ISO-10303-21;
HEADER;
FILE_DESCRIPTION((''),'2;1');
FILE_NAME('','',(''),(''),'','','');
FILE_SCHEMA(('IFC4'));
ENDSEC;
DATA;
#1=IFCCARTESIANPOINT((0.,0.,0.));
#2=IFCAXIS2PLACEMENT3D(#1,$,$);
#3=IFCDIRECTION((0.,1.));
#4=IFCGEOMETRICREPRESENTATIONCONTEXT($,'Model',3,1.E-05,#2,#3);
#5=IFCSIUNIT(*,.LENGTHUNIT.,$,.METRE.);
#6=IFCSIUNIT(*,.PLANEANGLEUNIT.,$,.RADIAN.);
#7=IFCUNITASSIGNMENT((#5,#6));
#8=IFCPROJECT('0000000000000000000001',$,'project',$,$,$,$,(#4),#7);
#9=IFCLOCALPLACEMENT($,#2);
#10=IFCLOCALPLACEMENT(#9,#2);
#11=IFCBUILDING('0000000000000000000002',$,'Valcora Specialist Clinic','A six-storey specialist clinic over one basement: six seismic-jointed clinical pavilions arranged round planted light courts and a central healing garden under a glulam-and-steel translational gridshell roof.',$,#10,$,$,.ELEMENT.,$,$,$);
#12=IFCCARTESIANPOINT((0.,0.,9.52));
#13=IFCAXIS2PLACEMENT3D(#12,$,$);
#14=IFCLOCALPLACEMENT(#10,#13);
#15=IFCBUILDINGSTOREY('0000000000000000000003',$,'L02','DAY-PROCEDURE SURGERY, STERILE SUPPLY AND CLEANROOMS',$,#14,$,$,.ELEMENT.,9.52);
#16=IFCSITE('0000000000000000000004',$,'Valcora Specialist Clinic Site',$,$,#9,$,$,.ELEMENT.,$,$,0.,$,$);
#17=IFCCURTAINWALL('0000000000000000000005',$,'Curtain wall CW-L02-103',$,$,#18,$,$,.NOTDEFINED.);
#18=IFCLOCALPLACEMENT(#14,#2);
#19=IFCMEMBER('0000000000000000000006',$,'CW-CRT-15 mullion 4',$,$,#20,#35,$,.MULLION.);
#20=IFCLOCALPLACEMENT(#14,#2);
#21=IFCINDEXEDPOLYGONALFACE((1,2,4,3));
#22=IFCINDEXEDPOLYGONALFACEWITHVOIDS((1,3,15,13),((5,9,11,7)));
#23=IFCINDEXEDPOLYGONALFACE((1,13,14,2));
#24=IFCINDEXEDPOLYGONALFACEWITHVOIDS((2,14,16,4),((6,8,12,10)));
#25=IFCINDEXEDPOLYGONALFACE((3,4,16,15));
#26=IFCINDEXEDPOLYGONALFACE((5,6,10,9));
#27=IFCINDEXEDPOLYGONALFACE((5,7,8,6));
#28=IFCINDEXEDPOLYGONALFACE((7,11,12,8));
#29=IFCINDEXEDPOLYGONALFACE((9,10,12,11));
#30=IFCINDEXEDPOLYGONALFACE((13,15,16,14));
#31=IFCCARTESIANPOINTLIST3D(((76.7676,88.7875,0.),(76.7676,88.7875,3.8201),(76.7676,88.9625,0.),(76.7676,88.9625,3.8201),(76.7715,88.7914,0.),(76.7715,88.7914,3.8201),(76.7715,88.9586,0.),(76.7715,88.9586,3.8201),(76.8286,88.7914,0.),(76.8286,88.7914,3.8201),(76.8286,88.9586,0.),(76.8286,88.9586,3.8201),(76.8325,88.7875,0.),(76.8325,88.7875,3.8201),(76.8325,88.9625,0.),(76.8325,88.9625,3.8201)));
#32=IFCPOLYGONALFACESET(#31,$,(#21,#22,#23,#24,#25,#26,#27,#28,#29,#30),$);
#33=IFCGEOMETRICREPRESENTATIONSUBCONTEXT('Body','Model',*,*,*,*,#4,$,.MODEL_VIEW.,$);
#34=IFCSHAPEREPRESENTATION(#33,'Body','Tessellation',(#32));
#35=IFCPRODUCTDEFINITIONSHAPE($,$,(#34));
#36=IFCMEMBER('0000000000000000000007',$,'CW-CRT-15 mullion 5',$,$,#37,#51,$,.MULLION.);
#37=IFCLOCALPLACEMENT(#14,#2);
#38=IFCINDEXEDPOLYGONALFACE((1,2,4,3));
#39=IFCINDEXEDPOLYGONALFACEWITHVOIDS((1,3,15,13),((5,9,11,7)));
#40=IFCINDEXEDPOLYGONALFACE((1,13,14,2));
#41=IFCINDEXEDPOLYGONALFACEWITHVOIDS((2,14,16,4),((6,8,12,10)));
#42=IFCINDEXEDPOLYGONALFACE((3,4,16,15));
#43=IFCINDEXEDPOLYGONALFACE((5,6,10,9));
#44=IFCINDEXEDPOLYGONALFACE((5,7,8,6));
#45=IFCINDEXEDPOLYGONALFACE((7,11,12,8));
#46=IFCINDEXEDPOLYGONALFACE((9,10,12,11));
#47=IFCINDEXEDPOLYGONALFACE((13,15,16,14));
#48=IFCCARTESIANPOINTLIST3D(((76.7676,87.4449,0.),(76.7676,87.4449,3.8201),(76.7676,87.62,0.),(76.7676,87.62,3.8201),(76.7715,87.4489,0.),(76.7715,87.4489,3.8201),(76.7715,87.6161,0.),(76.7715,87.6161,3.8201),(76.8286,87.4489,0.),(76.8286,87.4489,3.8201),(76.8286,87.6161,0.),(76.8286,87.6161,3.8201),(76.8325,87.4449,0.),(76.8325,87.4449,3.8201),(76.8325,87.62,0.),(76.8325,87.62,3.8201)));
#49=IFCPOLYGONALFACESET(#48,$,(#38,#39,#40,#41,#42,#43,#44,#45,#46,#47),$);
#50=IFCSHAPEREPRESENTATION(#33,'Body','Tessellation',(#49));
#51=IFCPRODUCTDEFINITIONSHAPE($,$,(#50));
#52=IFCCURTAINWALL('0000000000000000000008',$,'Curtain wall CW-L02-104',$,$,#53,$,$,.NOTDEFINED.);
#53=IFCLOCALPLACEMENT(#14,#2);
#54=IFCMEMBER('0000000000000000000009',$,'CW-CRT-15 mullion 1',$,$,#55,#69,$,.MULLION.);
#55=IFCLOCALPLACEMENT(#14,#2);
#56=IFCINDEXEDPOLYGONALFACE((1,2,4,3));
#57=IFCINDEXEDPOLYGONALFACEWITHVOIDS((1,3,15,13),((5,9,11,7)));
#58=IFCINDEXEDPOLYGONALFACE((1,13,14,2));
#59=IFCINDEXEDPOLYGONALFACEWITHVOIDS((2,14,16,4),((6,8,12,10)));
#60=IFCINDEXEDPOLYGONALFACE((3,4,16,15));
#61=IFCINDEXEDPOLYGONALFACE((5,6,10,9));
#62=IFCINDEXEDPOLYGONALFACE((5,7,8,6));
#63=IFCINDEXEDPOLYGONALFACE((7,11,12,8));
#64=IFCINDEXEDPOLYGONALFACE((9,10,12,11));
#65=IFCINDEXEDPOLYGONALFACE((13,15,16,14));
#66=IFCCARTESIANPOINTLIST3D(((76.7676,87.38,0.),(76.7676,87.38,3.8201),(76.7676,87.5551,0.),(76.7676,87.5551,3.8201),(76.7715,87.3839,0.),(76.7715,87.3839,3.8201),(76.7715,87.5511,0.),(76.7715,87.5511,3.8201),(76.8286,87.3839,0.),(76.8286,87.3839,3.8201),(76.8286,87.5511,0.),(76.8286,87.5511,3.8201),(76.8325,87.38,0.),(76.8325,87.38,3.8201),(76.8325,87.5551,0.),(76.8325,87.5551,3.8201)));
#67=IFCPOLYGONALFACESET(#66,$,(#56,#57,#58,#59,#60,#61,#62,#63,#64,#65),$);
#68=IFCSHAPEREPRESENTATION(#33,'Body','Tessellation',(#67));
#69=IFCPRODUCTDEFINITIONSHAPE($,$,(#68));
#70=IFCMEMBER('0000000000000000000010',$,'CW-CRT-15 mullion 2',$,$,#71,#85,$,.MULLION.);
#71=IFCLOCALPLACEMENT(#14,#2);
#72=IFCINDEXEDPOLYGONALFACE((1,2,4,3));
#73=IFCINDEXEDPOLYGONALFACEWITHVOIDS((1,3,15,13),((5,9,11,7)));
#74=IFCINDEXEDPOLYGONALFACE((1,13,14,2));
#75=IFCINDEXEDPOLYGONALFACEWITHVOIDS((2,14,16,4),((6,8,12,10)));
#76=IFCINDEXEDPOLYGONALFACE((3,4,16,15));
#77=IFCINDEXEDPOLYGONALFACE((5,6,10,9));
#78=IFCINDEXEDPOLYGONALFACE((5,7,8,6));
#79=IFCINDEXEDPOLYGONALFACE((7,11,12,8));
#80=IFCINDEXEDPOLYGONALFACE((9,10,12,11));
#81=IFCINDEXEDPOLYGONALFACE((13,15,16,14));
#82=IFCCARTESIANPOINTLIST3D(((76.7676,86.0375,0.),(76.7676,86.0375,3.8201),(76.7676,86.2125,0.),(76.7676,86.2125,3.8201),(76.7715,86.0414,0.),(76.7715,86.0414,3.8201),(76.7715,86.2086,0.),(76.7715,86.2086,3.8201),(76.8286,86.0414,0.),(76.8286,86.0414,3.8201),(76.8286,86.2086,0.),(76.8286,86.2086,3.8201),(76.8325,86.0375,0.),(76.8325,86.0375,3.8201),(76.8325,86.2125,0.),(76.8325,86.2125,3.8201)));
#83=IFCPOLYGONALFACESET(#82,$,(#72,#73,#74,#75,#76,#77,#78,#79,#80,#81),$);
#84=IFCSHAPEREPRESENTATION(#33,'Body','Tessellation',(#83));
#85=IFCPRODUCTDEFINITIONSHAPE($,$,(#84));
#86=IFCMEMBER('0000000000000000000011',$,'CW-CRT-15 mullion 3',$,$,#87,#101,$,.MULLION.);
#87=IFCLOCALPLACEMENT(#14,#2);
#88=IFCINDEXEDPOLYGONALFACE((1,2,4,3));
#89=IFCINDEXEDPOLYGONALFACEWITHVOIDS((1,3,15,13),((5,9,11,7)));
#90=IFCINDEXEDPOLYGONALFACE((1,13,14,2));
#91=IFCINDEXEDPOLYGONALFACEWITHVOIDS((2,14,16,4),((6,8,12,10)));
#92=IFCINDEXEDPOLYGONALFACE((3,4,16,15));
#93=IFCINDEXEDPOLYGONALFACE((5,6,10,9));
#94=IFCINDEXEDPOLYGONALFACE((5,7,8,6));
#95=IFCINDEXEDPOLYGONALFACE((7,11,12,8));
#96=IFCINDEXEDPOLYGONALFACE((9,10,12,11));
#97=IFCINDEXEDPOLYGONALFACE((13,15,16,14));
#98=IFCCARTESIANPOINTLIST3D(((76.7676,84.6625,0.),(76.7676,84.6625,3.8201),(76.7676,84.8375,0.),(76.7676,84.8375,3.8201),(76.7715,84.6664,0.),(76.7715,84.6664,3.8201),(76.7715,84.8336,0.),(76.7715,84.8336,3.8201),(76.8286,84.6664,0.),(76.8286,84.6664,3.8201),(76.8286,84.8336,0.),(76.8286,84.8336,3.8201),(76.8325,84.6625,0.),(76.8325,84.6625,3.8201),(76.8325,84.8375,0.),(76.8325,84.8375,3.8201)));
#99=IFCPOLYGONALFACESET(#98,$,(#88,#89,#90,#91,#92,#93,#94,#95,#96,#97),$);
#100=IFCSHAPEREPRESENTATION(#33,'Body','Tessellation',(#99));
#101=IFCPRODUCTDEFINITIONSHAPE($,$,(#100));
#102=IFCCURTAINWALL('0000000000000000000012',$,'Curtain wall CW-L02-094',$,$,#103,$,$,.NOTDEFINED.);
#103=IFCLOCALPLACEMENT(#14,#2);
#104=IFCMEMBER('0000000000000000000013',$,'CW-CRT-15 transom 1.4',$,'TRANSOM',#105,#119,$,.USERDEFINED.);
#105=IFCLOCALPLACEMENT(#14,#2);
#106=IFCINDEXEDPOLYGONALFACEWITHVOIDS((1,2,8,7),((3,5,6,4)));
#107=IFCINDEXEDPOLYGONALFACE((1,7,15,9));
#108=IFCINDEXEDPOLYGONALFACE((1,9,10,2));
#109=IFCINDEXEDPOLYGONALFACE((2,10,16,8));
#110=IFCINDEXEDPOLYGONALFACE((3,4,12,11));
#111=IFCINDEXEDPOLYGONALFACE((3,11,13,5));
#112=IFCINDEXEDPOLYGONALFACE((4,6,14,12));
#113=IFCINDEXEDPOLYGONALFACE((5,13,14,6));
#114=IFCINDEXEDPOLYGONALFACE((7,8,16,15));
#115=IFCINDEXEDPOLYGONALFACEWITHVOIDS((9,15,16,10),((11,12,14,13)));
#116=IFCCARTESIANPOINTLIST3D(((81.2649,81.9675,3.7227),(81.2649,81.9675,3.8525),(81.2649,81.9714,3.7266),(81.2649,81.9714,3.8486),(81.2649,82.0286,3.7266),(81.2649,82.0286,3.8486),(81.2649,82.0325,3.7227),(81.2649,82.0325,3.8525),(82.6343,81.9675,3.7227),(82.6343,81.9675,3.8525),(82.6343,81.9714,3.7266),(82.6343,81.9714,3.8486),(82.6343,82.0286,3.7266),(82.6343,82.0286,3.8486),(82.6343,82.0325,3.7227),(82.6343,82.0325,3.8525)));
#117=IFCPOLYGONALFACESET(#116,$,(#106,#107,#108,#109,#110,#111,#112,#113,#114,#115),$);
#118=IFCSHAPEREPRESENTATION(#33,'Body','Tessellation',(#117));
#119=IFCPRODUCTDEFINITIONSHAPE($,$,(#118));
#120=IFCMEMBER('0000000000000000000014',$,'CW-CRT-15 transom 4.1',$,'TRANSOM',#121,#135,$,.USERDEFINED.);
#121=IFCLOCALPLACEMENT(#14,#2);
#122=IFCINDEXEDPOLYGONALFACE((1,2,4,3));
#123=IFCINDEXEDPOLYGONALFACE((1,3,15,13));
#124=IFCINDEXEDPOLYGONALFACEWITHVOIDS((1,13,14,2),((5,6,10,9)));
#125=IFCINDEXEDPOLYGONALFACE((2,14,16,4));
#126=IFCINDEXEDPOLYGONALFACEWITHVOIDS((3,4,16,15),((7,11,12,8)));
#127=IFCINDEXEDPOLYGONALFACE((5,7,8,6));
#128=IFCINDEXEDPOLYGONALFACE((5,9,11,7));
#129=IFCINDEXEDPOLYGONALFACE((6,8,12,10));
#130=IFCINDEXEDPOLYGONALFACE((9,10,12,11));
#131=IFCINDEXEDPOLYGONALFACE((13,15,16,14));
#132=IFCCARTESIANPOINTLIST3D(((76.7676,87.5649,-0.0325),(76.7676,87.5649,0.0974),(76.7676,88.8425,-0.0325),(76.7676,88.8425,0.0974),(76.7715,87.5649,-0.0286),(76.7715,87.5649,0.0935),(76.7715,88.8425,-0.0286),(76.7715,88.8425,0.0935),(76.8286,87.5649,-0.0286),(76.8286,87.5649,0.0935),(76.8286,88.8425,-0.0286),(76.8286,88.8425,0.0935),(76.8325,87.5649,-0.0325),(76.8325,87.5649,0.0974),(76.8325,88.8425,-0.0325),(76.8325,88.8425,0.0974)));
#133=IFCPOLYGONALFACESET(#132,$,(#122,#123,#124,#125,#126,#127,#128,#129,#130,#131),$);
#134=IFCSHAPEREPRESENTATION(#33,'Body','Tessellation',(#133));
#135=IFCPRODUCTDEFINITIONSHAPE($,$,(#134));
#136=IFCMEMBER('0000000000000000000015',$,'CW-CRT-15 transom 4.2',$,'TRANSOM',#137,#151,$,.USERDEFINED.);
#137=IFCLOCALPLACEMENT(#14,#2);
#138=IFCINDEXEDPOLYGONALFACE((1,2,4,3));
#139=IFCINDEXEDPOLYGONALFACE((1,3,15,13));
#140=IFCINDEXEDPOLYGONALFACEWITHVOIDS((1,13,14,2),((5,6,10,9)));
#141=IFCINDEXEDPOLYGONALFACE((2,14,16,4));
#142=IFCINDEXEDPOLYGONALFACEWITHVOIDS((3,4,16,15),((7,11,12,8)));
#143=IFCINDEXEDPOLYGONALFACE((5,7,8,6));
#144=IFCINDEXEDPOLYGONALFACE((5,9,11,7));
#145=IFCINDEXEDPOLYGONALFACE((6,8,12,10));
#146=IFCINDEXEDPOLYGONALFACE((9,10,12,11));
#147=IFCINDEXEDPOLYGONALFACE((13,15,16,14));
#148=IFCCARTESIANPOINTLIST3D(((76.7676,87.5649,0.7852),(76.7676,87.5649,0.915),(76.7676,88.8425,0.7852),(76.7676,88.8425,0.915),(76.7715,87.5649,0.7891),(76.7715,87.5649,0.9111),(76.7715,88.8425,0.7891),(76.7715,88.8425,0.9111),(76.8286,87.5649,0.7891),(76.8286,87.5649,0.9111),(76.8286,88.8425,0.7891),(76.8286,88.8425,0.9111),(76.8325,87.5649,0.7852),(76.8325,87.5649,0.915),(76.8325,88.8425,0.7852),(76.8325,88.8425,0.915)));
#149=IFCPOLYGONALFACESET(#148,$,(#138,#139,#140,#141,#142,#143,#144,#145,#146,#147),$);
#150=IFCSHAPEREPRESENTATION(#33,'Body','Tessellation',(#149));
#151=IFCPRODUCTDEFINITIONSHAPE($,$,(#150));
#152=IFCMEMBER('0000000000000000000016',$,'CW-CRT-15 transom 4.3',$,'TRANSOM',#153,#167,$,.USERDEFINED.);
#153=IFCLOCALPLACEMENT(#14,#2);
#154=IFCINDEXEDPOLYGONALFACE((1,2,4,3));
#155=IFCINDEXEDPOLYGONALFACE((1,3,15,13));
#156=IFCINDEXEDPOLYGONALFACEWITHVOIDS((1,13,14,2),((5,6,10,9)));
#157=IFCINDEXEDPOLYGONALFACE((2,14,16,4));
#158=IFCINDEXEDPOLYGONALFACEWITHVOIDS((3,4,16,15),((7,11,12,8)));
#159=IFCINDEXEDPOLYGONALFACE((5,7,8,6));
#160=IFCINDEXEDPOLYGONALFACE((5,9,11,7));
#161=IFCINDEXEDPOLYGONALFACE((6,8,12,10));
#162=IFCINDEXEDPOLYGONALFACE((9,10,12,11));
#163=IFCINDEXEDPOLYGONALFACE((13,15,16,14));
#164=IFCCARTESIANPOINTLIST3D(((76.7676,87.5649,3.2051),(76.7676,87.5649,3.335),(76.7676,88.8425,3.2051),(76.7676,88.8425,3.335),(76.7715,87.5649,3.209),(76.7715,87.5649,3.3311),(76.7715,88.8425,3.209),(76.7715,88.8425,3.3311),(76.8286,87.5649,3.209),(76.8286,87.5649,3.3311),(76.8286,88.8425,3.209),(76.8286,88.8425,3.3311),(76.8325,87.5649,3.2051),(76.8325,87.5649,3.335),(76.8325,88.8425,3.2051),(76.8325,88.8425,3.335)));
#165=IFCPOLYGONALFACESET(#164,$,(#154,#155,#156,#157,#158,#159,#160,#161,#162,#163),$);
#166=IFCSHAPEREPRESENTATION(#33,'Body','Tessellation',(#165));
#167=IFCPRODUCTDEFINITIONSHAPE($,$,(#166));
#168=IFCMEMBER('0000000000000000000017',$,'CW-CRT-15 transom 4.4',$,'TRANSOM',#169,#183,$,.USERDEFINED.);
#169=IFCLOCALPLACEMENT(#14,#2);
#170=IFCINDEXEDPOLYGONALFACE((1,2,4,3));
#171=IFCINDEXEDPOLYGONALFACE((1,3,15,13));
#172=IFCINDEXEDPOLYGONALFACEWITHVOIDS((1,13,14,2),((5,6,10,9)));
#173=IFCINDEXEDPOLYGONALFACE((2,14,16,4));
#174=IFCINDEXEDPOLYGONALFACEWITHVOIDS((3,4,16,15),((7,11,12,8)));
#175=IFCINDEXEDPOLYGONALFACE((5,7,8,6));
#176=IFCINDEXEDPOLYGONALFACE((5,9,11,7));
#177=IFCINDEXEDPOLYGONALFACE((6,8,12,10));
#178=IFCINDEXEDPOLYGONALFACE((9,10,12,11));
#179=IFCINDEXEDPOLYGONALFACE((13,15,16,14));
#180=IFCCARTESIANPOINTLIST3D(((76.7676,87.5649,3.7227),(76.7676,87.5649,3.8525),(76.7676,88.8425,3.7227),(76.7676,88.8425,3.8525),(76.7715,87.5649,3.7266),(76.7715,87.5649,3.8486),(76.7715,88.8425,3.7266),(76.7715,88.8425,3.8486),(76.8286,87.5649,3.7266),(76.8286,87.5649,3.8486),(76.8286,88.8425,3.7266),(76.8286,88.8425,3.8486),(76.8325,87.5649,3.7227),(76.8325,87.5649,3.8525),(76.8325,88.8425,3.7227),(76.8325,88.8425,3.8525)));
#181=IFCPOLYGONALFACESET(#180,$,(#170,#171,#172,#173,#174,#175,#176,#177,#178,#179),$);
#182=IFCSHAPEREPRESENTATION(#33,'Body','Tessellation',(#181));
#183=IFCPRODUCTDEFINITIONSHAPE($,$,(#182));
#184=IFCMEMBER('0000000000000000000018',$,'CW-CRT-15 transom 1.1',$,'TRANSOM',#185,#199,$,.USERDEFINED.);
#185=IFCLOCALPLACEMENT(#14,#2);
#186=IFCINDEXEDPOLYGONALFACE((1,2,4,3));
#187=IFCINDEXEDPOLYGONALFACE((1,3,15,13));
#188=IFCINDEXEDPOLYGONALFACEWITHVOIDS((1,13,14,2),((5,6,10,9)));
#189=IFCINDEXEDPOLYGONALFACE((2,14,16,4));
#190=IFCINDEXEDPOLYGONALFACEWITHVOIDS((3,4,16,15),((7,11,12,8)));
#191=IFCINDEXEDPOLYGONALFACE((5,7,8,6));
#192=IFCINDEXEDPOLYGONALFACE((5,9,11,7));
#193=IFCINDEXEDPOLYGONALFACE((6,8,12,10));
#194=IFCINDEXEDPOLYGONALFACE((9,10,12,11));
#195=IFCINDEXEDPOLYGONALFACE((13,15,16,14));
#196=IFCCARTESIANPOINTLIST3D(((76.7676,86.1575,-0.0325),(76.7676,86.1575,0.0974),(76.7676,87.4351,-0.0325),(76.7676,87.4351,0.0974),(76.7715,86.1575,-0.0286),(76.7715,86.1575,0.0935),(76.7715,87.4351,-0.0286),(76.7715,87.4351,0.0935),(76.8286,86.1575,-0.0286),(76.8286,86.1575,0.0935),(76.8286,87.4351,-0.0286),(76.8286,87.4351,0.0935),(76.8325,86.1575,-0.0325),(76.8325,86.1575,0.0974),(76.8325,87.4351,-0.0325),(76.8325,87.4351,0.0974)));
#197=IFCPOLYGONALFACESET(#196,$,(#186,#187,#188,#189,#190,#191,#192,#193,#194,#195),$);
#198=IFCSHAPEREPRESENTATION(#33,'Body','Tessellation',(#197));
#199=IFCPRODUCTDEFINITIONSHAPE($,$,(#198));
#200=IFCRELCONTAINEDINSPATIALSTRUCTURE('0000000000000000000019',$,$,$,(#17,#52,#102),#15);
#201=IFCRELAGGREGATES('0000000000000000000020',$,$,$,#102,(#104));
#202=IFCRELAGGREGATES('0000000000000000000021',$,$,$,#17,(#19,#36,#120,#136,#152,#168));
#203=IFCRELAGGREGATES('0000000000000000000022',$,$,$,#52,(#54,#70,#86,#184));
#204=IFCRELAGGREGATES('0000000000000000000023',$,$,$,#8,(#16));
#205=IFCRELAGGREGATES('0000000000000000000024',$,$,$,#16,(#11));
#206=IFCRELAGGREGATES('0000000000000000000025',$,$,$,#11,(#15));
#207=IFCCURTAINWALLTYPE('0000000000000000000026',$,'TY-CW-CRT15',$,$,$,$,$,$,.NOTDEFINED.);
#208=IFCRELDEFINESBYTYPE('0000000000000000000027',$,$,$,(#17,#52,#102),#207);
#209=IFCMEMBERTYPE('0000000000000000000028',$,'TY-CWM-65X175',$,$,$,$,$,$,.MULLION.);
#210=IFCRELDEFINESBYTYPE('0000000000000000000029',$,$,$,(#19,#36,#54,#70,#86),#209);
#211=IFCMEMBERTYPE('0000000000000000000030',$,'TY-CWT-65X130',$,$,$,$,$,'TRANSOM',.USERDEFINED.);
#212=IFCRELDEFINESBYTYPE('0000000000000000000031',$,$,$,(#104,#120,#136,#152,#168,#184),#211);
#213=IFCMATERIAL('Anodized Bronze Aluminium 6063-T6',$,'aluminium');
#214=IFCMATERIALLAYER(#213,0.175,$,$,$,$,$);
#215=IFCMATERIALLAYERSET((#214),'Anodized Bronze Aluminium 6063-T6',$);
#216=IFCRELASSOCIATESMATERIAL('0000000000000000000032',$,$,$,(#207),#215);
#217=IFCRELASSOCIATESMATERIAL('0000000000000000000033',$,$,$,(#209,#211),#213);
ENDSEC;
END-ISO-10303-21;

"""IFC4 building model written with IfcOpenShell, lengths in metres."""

from ifc_helpers import new_model, si_unit, direction, frame, origin, origin_2d, place, context, subcontext, project, spatial, hollow_rectangle, extrude, material, layer, layer_set, material_profile, profile_set, type_object, element, aggregate, save


model = new_model("IFC4")

# Units and contexts
model_context = context("Model", 3, precision=1e-05, world=origin(), true_north=direction((0.0, 1.0)))
body_context = subcontext(model_context, "Body", "Model", "MODEL_VIEW")
ifc_project = project(units=[si_unit("LENGTHUNIT", "METRE"), si_unit("PLANEANGLEUNIT", "RADIAN")], contexts=[model_context])

# Site, building, storey
site_placement = place(None, origin())
site = spatial("IfcSite", under=ifc_project, at=site_placement, Name="Valcora Specialist Clinic Site", CompositionType="ELEMENT", RefElevation=0.0)
building_placement = place(site_placement, origin())
building = spatial("IfcBuilding", under=site, at=building_placement, Name="Valcora Specialist Clinic", Description="A six-storey specialist clinic over one basement: six seismic-jointed clinical pavilions arranged round planted light courts and a central healing garden under a glulam-and-steel translational gridshell roof.", CompositionType="ELEMENT")
storey_placement = place(building_placement, frame((0.0, 0.0, 9.52)))
storey = spatial("IfcBuildingStorey", under=building, at=storey_placement, Name="L02", Description="DAY-PROCEDURE SURGERY, STERILE SUPPLY AND CLEANROOMS", CompositionType="ELEMENT", Elevation=9.52)

# Curtain walls, members
ifc_material_1 = material(Name="Anodized Bronze Aluminium 6063-T6", Category="aluminium")
ifc_layer_1 = layer(ifc_material_1, 0.175)
ifc_layer_set_1 = layer_set([ifc_layer_1], Name="Anodized Bronze Aluminium 6063-T6")
curtain_wall_type = type_object("IfcCurtainWallType", Name="TY-CW-CRT15", PredefinedType="NOTDEFINED", material=ifc_layer_set_1)
curtain_wall_1_placement = place(storey_placement, origin())
curtain_wall_1 = element("IfcCurtainWall", 1, at=curtain_wall_1_placement, inside=storey, type_object=curtain_wall_type, Name="Curtain wall CW-L02-103", PredefinedType="NOTDEFINED")
ifc_material_profile_1 = material_profile(ifc_material_1, hollow_rectangle(XDim=0.0649, YDim=0.175, WallThickness=0.0039, at=origin_2d()), Name="AL-MUL-65X175")
ifc_profile_set_1 = profile_set([ifc_material_profile_1], Name="Anodized Bronze Aluminium 6063-T6")
member_type_1 = type_object("IfcMemberType", Name="TY-CWM-65X175", PredefinedType="MULLION", material=ifc_profile_set_1)
member_1_placement = place(storey_placement, frame((76.8, 88.875, 0.0), z_axis=(0.0, 0.0, 1.0), x_axis=(1.0, 0.0, 0.0)))
member_1 = element("IfcMember", 2, at=member_1_placement, type_object=member_type_1, Name="CW-CRT-15 mullion 4", PredefinedType="MULLION", context=body_context, shape_type="SweptSolid", body=[
    extrude(hollow_rectangle(XDim=0.0649, YDim=0.175, WallThickness=0.0039, at=origin_2d()), origin(), (0.0, 0.0, 1.0), 3.8201),
])
member_2_placement = place(storey_placement, frame((76.8, 87.5325, 0.0), z_axis=(0.0, 0.0, 1.0), x_axis=(1.0, 0.0, 0.0)))
member_2 = element("IfcMember", 3, at=member_2_placement, type_object=member_type_1, Name="CW-CRT-15 mullion 5", PredefinedType="MULLION", context=body_context, shape_type="SweptSolid", body=[
    extrude(hollow_rectangle(XDim=0.0649, YDim=0.175, WallThickness=0.0039, at=origin_2d()), origin(), (0.0, 0.0, 1.0), 3.8201),
])
curtain_wall_2_placement = place(storey_placement, origin())
curtain_wall_2 = element("IfcCurtainWall", 4, at=curtain_wall_2_placement, inside=storey, type_object=curtain_wall_type, Name="Curtain wall CW-L02-104", PredefinedType="NOTDEFINED")
member_3_placement = place(storey_placement, frame((76.8, 87.4675, 0.0), z_axis=(0.0, 0.0, 1.0), x_axis=(1.0, 0.0, 0.0)))
member_3 = element("IfcMember", 5, at=member_3_placement, type_object=member_type_1, Name="CW-CRT-15 mullion 1", PredefinedType="MULLION", context=body_context, shape_type="SweptSolid", body=[
    extrude(hollow_rectangle(XDim=0.0649, YDim=0.175, WallThickness=0.0039, at=origin_2d()), origin(), (0.0, 0.0, 1.0), 3.8201),
])
member_4_placement = place(storey_placement, frame((76.8, 86.125, 0.0), z_axis=(0.0, 0.0, 1.0), x_axis=(1.0, 0.0, 0.0)))
member_4 = element("IfcMember", 6, at=member_4_placement, type_object=member_type_1, Name="CW-CRT-15 mullion 2", PredefinedType="MULLION", context=body_context, shape_type="SweptSolid", body=[
    extrude(hollow_rectangle(XDim=0.0649, YDim=0.175, WallThickness=0.0039, at=origin_2d()), origin(), (0.0, 0.0, 1.0), 3.8201),
])
member_5_placement = place(storey_placement, frame((76.8, 84.75, 0.0), z_axis=(0.0, 0.0, 1.0), x_axis=(1.0, 0.0, 0.0)))
member_5 = element("IfcMember", 7, at=member_5_placement, type_object=member_type_1, Name="CW-CRT-15 mullion 3", PredefinedType="MULLION", context=body_context, shape_type="SweptSolid", body=[
    extrude(hollow_rectangle(XDim=0.0649, YDim=0.175, WallThickness=0.0039, at=origin_2d()), origin(), (0.0, 0.0, 1.0), 3.8201),
])

# Curtain wall, member
curtain_wall_3_placement = place(storey_placement, origin())
curtain_wall_3 = element("IfcCurtainWall", 8, at=curtain_wall_3_placement, inside=storey, type_object=curtain_wall_type, Name="Curtain wall CW-L02-094", PredefinedType="NOTDEFINED")
ifc_material_profile_2 = material_profile(ifc_material_1, hollow_rectangle(XDim=0.0649, YDim=0.1299, WallThickness=0.0039, at=origin_2d()), Name="AL-TRN-65X130")
ifc_profile_set_2 = profile_set([ifc_material_profile_2], Name="Anodized Bronze Aluminium 6063-T6")
member_type_2 = type_object("IfcMemberType", Name="TY-CWT-65X130", ElementType="TRANSOM", PredefinedType="USERDEFINED", material=ifc_profile_set_2)
member_6_placement = place(storey_placement, frame((81.2649, 82.0, 3.7876), z_axis=(1.0, 0.0, 0.0), x_axis=(0.0, 1.0, 0.0)))
member_6 = element("IfcMember", 9, at=member_6_placement, type_object=member_type_2, Name="CW-CRT-15 transom 1.4", ObjectType="TRANSOM", PredefinedType="USERDEFINED", context=body_context, shape_type="SweptSolid", body=[
    extrude(hollow_rectangle(XDim=0.0649, YDim=0.1299, WallThickness=0.0039, at=origin_2d()), origin(), (0.0, 0.0, 1.0), 1.3694),
])

# Members
member_7_placement = place(storey_placement, frame((76.8, 88.8425, 0.0325), z_axis=(0.0, -1.0, 0.0), x_axis=(1.0, 0.0, 0.0)))
member_7 = element("IfcMember", 10, at=member_7_placement, type_object=member_type_2, Name="CW-CRT-15 transom 4.1", ObjectType="TRANSOM", PredefinedType="USERDEFINED", context=body_context, shape_type="SweptSolid", body=[
    extrude(hollow_rectangle(XDim=0.0649, YDim=0.1299, WallThickness=0.0039, at=origin_2d()), origin(), (0.0, 0.0, 1.0), 1.2776),
])
member_8_placement = place(storey_placement, frame((76.8, 88.8425, 0.8501), z_axis=(0.0, -1.0, 0.0), x_axis=(1.0, 0.0, 0.0)))
member_8 = element("IfcMember", 11, at=member_8_placement, type_object=member_type_2, Name="CW-CRT-15 transom 4.2", ObjectType="TRANSOM", PredefinedType="USERDEFINED", context=body_context, shape_type="SweptSolid", body=[
    extrude(hollow_rectangle(XDim=0.0649, YDim=0.1299, WallThickness=0.0039, at=origin_2d()), origin(), (0.0, 0.0, 1.0), 1.2776),
])
member_9_placement = place(storey_placement, frame((76.8, 88.8425, 3.27), z_axis=(0.0, -1.0, 0.0), x_axis=(1.0, 0.0, 0.0)))
member_9 = element("IfcMember", 12, at=member_9_placement, type_object=member_type_2, Name="CW-CRT-15 transom 4.3", ObjectType="TRANSOM", PredefinedType="USERDEFINED", context=body_context, shape_type="SweptSolid", body=[
    extrude(hollow_rectangle(XDim=0.0649, YDim=0.1299, WallThickness=0.0039, at=origin_2d()), origin(), (0.0, 0.0, 1.0), 1.2776),
])
member_10_placement = place(storey_placement, frame((76.8, 88.8425, 3.7876), z_axis=(0.0, -1.0, 0.0), x_axis=(1.0, 0.0, 0.0)))
member_10 = element("IfcMember", 13, at=member_10_placement, type_object=member_type_2, Name="CW-CRT-15 transom 4.4", ObjectType="TRANSOM", PredefinedType="USERDEFINED", context=body_context, shape_type="SweptSolid", body=[
    extrude(hollow_rectangle(XDim=0.0649, YDim=0.1299, WallThickness=0.0039, at=origin_2d()), origin(), (0.0, 0.0, 1.0), 1.2776),
])
member_11_placement = place(storey_placement, frame((76.8, 87.4351, 0.0325), z_axis=(0.0, -1.0, 0.0), x_axis=(1.0, 0.0, 0.0)))
member_11 = element("IfcMember", 14, at=member_11_placement, type_object=member_type_2, Name="CW-CRT-15 transom 1.1", ObjectType="TRANSOM", PredefinedType="USERDEFINED", context=body_context, shape_type="SweptSolid", body=[
    extrude(hollow_rectangle(XDim=0.0649, YDim=0.1299, WallThickness=0.0039, at=origin_2d()), origin(), (0.0, 0.0, 1.0), 1.2776),
])

aggregate(curtain_wall_3, [member_6])
aggregate(curtain_wall_1, [member_1, member_2, member_7, member_8, member_9, member_10])
aggregate(curtain_wall_2, [member_3, member_4, member_5, member_11])

save(model, "model.ifc")
